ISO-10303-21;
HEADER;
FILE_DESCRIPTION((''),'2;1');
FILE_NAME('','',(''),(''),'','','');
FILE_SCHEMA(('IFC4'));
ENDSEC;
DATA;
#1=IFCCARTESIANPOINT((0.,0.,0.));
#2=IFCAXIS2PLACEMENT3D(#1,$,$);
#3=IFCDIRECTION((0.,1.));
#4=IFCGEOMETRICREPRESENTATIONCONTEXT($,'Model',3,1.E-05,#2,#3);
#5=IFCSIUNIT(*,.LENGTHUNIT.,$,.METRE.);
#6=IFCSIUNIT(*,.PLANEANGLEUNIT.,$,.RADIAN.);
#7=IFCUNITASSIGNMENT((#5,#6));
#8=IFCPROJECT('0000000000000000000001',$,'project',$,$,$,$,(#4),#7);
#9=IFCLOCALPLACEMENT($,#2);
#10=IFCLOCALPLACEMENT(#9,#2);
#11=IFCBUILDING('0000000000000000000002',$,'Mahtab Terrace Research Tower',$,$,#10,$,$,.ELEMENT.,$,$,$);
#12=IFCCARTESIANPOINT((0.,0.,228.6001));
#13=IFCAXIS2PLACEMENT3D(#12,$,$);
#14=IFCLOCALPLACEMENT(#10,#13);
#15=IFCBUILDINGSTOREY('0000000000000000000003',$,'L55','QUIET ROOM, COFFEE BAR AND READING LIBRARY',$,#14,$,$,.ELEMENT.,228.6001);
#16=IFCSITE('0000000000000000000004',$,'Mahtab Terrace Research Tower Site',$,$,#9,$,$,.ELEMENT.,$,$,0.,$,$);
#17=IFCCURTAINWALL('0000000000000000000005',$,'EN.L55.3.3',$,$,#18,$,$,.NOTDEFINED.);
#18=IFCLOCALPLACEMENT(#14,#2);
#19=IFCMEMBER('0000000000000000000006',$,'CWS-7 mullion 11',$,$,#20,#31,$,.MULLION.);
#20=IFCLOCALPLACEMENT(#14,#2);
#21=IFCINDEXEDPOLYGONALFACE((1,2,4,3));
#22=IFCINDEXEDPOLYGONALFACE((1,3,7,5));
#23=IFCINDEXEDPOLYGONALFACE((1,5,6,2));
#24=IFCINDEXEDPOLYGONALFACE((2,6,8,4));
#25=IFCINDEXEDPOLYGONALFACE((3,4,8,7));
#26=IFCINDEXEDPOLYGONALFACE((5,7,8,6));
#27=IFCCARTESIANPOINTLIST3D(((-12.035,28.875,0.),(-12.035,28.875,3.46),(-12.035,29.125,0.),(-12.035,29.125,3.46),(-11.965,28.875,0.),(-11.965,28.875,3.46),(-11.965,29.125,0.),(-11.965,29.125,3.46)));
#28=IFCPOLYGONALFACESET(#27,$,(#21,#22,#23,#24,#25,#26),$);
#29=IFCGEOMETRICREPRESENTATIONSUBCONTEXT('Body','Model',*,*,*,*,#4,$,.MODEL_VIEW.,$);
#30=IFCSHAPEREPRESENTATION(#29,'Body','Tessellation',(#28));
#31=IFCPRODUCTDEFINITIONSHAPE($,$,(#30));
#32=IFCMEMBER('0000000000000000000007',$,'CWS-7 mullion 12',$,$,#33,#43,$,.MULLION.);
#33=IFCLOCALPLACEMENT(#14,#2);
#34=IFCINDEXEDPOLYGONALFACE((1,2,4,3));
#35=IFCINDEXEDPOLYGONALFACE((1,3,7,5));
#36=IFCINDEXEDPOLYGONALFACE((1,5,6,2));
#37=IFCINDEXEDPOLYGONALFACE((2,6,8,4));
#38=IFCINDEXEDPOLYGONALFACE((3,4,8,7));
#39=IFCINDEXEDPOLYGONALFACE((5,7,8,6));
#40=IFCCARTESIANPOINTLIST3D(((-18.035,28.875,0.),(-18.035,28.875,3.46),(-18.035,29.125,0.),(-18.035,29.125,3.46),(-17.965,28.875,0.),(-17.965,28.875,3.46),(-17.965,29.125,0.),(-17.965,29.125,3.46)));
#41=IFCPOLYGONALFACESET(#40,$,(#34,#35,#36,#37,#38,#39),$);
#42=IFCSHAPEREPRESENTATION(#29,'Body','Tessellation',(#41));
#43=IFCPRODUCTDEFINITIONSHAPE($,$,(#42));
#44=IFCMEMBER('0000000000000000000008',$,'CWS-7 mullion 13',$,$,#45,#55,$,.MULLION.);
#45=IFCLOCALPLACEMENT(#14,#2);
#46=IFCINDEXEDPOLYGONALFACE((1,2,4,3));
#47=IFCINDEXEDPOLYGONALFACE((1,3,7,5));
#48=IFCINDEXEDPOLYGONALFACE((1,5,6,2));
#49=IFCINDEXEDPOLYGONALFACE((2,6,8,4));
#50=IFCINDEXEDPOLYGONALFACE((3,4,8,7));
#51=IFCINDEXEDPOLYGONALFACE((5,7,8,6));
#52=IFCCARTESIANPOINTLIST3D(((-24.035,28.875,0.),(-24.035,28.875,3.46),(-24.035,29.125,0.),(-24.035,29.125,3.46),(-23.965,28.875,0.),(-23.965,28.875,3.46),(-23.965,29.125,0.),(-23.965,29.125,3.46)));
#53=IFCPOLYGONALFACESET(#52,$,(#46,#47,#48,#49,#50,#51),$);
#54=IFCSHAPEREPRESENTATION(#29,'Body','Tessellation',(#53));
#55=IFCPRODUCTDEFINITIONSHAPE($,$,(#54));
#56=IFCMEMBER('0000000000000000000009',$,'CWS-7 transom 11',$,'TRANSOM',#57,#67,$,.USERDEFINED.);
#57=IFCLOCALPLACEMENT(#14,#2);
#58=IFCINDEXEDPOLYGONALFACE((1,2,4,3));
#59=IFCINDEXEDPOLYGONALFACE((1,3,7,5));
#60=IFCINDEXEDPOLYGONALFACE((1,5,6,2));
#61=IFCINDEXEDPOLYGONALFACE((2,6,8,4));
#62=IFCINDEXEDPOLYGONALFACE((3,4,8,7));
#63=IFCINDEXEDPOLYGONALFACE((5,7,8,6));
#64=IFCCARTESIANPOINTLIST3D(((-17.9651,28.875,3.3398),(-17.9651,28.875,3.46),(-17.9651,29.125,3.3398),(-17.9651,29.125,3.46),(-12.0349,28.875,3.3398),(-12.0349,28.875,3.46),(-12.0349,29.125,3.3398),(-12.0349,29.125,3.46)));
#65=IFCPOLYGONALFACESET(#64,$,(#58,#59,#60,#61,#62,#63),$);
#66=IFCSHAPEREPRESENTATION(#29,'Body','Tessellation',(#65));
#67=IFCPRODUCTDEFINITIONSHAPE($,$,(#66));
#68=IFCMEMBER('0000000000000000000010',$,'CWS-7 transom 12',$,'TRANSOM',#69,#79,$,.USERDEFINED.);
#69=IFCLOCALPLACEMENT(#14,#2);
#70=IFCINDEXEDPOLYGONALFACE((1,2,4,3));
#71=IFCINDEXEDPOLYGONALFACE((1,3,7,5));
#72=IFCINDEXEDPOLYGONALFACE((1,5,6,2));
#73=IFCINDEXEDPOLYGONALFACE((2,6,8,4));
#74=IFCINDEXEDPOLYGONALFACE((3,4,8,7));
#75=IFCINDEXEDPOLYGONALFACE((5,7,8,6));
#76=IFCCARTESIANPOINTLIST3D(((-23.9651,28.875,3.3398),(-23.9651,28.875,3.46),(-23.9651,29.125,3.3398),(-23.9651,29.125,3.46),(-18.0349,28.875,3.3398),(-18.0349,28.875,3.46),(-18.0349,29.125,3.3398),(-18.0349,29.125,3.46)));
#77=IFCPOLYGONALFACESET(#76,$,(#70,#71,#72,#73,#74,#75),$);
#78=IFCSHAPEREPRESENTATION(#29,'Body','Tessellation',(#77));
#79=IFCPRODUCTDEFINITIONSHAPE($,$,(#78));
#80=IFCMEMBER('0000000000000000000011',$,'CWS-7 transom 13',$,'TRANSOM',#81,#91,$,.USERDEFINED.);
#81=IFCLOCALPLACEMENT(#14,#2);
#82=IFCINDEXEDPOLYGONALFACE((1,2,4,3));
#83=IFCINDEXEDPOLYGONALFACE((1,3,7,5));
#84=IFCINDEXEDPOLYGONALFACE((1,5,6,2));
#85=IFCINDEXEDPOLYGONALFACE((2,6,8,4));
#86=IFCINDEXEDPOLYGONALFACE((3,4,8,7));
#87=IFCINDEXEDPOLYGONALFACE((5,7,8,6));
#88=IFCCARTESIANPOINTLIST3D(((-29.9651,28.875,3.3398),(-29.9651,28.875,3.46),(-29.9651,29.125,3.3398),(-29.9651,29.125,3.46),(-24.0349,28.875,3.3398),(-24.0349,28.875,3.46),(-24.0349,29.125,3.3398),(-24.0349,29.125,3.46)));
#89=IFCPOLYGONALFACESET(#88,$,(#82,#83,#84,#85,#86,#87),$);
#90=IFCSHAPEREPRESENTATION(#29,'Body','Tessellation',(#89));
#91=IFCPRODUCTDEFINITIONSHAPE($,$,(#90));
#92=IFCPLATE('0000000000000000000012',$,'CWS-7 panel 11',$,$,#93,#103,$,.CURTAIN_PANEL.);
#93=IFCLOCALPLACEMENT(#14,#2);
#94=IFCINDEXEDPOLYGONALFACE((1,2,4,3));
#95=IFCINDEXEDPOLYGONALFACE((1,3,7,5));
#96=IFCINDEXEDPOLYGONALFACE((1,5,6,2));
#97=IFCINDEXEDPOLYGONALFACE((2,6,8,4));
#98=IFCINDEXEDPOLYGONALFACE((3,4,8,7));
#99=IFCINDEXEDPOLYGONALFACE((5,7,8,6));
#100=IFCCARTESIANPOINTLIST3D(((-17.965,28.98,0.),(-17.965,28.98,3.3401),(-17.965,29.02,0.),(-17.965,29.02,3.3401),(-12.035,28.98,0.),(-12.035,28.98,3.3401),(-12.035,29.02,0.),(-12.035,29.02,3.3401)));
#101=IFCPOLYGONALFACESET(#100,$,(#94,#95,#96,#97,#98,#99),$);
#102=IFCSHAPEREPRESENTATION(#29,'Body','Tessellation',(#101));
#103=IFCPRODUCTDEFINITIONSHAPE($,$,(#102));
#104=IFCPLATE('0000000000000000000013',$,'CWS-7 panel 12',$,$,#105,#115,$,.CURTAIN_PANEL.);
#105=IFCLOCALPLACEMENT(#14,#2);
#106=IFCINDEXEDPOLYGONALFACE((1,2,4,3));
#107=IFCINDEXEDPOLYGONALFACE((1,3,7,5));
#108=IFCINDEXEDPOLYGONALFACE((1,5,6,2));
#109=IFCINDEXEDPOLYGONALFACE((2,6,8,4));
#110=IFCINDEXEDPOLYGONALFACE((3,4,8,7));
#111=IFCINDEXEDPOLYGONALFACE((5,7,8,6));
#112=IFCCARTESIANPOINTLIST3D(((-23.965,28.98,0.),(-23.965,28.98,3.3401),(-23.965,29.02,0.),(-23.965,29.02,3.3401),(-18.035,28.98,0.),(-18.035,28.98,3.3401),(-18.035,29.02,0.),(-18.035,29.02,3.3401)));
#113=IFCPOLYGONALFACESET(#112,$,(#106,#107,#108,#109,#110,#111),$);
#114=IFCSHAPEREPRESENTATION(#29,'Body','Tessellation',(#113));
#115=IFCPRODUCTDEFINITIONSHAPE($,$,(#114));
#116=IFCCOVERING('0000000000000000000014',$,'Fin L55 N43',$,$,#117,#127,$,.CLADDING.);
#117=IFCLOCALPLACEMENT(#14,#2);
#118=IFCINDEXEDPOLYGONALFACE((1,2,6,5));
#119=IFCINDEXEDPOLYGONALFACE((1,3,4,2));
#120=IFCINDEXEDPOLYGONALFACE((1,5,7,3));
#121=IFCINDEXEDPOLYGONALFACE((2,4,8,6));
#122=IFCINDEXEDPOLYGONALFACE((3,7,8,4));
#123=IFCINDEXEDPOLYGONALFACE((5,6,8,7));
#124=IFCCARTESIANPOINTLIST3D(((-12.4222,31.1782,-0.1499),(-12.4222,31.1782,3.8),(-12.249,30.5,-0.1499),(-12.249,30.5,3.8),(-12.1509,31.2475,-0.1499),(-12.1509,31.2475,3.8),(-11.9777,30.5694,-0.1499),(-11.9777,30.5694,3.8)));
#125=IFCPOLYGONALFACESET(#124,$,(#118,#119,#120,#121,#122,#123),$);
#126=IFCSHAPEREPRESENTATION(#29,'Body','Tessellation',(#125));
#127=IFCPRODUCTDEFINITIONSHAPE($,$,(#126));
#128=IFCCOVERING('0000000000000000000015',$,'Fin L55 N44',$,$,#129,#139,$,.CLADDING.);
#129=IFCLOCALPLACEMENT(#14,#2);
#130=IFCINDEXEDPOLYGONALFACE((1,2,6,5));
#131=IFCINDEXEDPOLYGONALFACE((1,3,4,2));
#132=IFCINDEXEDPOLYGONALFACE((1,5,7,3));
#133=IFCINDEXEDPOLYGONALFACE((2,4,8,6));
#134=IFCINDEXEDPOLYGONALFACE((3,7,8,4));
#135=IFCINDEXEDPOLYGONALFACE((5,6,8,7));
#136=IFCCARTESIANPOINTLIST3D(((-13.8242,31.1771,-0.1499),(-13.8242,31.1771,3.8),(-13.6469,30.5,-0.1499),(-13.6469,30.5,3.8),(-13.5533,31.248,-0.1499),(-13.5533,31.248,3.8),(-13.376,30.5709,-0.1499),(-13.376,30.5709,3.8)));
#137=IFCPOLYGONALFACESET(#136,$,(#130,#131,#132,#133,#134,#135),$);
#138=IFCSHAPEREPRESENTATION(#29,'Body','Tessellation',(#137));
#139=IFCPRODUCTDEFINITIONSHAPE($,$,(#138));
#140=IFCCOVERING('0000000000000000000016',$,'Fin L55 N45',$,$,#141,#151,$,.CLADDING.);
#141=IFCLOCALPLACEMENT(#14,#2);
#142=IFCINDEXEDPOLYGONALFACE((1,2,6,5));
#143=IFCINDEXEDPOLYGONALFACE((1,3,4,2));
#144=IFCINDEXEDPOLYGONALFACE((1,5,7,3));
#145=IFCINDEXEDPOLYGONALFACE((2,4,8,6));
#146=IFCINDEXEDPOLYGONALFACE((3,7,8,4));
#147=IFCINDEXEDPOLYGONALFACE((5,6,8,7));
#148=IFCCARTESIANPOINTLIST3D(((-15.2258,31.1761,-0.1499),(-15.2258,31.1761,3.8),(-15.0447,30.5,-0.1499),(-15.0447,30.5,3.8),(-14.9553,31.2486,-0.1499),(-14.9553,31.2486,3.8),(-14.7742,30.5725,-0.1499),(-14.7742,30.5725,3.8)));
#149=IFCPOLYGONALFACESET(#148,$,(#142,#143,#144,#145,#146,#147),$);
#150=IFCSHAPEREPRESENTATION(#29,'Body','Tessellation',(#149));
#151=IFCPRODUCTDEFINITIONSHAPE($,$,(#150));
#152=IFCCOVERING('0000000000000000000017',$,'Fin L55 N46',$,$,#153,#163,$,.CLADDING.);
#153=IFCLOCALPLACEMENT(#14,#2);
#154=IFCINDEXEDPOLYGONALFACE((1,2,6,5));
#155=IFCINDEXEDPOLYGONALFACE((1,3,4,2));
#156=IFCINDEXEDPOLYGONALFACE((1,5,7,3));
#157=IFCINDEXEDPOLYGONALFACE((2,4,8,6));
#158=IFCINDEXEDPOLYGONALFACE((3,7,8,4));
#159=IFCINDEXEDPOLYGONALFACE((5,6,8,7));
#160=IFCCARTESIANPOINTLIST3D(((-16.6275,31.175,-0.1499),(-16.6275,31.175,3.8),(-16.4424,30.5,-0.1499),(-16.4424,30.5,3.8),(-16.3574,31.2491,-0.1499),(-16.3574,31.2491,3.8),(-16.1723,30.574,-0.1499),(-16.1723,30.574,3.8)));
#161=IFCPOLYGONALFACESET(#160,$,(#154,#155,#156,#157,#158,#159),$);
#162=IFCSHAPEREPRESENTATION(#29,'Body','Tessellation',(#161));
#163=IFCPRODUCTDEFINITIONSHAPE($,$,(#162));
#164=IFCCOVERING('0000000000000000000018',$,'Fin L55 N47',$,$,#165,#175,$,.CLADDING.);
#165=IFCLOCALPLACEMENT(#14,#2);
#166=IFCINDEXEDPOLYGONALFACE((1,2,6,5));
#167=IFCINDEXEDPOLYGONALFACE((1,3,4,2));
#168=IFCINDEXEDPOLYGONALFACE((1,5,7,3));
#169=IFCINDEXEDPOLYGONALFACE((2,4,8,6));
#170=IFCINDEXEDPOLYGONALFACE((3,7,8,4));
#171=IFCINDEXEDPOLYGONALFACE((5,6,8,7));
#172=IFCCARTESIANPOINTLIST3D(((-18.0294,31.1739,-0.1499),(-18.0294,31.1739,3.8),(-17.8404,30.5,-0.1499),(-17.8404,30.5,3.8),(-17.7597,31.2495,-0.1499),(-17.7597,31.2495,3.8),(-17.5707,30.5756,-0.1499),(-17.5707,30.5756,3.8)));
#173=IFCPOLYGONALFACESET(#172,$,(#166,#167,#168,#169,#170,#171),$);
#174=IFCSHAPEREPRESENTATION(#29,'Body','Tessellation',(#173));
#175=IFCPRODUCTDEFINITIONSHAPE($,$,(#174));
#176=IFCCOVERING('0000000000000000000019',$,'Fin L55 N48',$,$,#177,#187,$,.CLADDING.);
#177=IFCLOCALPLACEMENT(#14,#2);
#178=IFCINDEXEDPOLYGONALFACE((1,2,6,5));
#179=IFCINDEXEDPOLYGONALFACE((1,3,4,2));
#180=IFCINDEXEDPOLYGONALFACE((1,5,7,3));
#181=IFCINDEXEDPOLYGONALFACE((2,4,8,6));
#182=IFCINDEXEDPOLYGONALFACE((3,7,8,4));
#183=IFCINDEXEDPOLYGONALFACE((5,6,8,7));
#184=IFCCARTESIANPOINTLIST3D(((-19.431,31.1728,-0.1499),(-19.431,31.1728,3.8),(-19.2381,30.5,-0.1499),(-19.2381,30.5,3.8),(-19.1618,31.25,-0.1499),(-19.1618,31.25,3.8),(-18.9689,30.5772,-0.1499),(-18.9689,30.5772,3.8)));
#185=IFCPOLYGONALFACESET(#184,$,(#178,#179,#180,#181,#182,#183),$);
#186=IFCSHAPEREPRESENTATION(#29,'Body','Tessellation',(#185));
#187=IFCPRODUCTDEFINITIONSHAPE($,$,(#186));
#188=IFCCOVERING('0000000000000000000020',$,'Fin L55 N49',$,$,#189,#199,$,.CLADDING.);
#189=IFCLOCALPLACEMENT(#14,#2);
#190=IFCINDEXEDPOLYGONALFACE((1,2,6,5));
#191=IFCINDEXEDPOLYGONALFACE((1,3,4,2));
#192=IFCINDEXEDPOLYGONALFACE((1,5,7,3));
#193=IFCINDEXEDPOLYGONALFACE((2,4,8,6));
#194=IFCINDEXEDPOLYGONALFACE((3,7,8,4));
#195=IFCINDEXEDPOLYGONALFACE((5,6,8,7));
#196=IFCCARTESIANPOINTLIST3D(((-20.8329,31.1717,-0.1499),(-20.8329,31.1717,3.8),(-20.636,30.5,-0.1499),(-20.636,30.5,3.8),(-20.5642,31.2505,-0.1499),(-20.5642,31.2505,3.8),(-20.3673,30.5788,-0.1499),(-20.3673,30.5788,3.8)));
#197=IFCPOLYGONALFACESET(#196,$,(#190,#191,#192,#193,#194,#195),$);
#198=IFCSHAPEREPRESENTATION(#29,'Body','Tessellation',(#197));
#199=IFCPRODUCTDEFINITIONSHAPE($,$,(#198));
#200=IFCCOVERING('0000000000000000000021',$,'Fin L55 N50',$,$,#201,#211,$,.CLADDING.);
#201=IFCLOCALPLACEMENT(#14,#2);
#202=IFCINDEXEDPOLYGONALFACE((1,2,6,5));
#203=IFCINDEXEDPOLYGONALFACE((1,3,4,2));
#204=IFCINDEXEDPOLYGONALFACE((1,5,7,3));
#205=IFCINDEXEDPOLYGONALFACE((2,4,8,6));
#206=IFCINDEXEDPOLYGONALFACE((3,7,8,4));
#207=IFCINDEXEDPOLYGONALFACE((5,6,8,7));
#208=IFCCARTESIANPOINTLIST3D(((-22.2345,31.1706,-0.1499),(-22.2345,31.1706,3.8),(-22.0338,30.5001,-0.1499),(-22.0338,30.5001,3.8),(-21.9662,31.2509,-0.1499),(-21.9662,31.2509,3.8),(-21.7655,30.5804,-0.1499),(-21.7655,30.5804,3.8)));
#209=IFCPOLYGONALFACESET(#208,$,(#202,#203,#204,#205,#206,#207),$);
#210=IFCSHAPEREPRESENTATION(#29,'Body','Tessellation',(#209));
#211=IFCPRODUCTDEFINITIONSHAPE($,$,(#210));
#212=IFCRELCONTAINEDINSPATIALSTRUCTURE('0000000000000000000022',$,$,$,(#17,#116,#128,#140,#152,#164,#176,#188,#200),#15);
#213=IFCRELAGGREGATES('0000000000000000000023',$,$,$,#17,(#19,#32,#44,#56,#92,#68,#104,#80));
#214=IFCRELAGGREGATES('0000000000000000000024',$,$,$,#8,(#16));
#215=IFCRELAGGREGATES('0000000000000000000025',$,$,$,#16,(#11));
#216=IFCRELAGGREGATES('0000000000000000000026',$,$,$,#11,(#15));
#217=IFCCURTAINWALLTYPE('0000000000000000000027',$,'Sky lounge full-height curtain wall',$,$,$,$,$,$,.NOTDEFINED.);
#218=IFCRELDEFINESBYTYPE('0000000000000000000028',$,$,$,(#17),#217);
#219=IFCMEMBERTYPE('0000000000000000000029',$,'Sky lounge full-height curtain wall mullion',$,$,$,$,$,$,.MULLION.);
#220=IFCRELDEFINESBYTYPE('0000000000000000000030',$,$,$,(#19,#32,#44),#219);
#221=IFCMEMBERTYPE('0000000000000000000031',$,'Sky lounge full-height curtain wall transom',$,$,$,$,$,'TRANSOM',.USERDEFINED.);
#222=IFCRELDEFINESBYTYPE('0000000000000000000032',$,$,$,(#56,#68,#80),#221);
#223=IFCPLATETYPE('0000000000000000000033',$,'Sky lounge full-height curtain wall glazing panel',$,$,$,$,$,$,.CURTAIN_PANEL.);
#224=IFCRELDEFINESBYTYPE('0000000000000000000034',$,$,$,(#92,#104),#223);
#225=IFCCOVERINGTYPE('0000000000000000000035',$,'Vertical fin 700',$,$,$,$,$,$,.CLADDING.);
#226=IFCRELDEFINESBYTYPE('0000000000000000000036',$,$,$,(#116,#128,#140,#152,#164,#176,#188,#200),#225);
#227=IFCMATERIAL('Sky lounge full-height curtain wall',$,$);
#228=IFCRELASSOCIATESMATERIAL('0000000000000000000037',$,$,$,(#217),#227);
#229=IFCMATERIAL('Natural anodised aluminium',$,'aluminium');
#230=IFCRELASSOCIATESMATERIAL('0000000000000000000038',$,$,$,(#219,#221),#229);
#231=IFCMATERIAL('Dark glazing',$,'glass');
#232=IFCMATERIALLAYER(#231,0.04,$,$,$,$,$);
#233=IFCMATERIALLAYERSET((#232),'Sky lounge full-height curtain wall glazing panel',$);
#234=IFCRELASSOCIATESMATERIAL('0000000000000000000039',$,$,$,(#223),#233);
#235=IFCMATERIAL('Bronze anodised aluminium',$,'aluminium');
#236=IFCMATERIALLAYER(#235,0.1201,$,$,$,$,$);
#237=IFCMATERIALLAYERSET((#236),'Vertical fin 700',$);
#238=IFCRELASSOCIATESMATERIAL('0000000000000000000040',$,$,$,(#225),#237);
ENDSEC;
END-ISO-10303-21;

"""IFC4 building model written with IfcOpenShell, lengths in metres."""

from ifc_helpers import new_model, si_unit, direction, frame, origin, origin_2d, place, context, subcontext, project, spatial, rectangle, extrude, material, layer, layer_set, material_profile, profile_set, type_object, element, aggregate, save


model = new_model("IFC4")

# Units and contexts
model_context = context("Model", 3, precision=1e-05, world=origin(), true_north=direction((0.0, 1.0)))
body_context = subcontext(model_context, "Body", "Model", "MODEL_VIEW")
ifc_project = project(units=[si_unit("LENGTHUNIT", "METRE"), si_unit("PLANEANGLEUNIT", "RADIAN")], contexts=[model_context])

# Site, building, storey
site_placement = place(None, origin())
site = spatial("IfcSite", under=ifc_project, at=site_placement, Name="Mahtab Terrace Research Tower Site", CompositionType="ELEMENT", RefElevation=0.0)
building_placement = place(site_placement, origin())
building = spatial("IfcBuilding", under=site, at=building_placement, Name="Mahtab Terrace Research Tower", CompositionType="ELEMENT")
storey_placement = place(building_placement, frame((0.0, 0.0, 228.6001)))
storey = spatial("IfcBuildingStorey", under=building, at=storey_placement, Name="L55", Description="QUIET ROOM, COFFEE BAR AND READING LIBRARY", CompositionType="ELEMENT", Elevation=228.6001)

# Curtain wall, members, plates
ifc_material_1 = material(Name="Sky lounge full-height curtain wall")
curtain_wall_type = type_object("IfcCurtainWallType", Name="Sky lounge full-height curtain wall", PredefinedType="NOTDEFINED", material=ifc_material_1)
curtain_wall_placement = place(storey_placement, origin())
curtain_wall = element("IfcCurtainWall", 1, at=curtain_wall_placement, inside=storey, type_object=curtain_wall_type, Name="EN.L55.3.3", PredefinedType="NOTDEFINED")
ifc_material_2 = material(Name="Natural anodised aluminium", Category="aluminium")
ifc_material_profile_1 = material_profile(ifc_material_2, rectangle(XDim=0.25, YDim=0.0701, at=origin_2d()), Name="MULLION 70x250")
ifc_profile_set_1 = profile_set([ifc_material_profile_1], Name="Natural anodised aluminium")
member_type_1 = type_object("IfcMemberType", Name="Sky lounge full-height curtain wall mullion", PredefinedType="MULLION", material=ifc_profile_set_1)
member_1_placement = place(storey_placement, frame((-12.0, 29.0, 0.0), z_axis=(0.0, 0.0, 1.0), x_axis=(0.0, -1.0, 0.0)))
member_1 = element("IfcMember", 2, at=member_1_placement, type_object=member_type_1, Name="CWS-7 mullion 11", PredefinedType="MULLION", context=body_context, shape_type="SweptSolid", body=[
    extrude(rectangle(XDim=0.25, YDim=0.0701, at=origin_2d()), origin(), (0.0, 0.0, 1.0), 3.46),
])
member_2_placement = place(storey_placement, frame((-18.0, 29.0, 0.0), z_axis=(0.0, 0.0, 1.0), x_axis=(0.0, -1.0, 0.0)))
member_2 = element("IfcMember", 3, at=member_2_placement, type_object=member_type_1, Name="CWS-7 mullion 12", PredefinedType="MULLION", context=body_context, shape_type="SweptSolid", body=[
    extrude(rectangle(XDim=0.25, YDim=0.0701, at=origin_2d()), origin(), (0.0, 0.0, 1.0), 3.46),
])
member_3_placement = place(storey_placement, frame((-24.0, 29.0, 0.0), z_axis=(0.0, 0.0, 1.0), x_axis=(0.0, -1.0, 0.0)))
member_3 = element("IfcMember", 4, at=member_3_placement, type_object=member_type_1, Name="CWS-7 mullion 13", PredefinedType="MULLION", context=body_context, shape_type="SweptSolid", body=[
    extrude(rectangle(XDim=0.25, YDim=0.0701, at=origin_2d()), origin(), (0.0, 0.0, 1.0), 3.46),
])
ifc_material_profile_2 = material_profile(ifc_material_2, rectangle(XDim=0.25, YDim=0.1201, at=origin_2d()), Name="TRANSOM 120x250")
ifc_profile_set_2 = profile_set([ifc_material_profile_2], Name="Natural anodised aluminium")
member_type_2 = type_object("IfcMemberType", Name="Sky lounge full-height curtain wall transom", ElementType="TRANSOM", PredefinedType="USERDEFINED", material=ifc_profile_set_2)
member_4_placement = place(storey_placement, frame((-12.0349, 29.0, 3.3999), z_axis=(-1.0, 0.0, 0.0), x_axis=(0.0, -1.0, 0.0)))
member_4 = element("IfcMember", 5, at=member_4_placement, type_object=member_type_2, Name="CWS-7 transom 11", ObjectType="TRANSOM", PredefinedType="USERDEFINED", context=body_context, shape_type="SweptSolid", body=[
    extrude(rectangle(XDim=0.25, YDim=0.1201, at=origin_2d()), origin(), (0.0, 0.0, 1.0), 5.9302),
])
member_5_placement = place(storey_placement, frame((-18.0349, 29.0, 3.3999), z_axis=(-1.0, 0.0, 0.0), x_axis=(0.0, -1.0, 0.0)))
member_5 = element("IfcMember", 6, at=member_5_placement, type_object=member_type_2, Name="CWS-7 transom 12", ObjectType="TRANSOM", PredefinedType="USERDEFINED", context=body_context, shape_type="SweptSolid", body=[
    extrude(rectangle(XDim=0.25, YDim=0.1201, at=origin_2d()), origin(), (0.0, 0.0, 1.0), 5.9302),
])
member_6_placement = place(storey_placement, frame((-24.0349, 29.0, 3.3999), z_axis=(-1.0, 0.0, 0.0), x_axis=(0.0, -1.0, 0.0)))
member_6 = element("IfcMember", 7, at=member_6_placement, type_object=member_type_2, Name="CWS-7 transom 13", ObjectType="TRANSOM", PredefinedType="USERDEFINED", context=body_context, shape_type="SweptSolid", body=[
    extrude(rectangle(XDim=0.25, YDim=0.1201, at=origin_2d()), origin(), (0.0, 0.0, 1.0), 5.9302),
])
ifc_material_3 = material(Name="Dark glazing", Category="glass")
ifc_layer_1 = layer(ifc_material_3, 0.04)
ifc_layer_set_1 = layer_set([ifc_layer_1], Name="Sky lounge full-height curtain wall glazing panel")
plate_type = type_object("IfcPlateType", Name="Sky lounge full-height curtain wall glazing panel", PredefinedType="CURTAIN_PANEL", material=ifc_layer_set_1)
plate_1_placement = place(storey_placement, frame((-15.0, 29.0, 0.0), z_axis=(0.0, 0.0, 1.0), x_axis=(-1.0, 0.0, 0.0)))
plate_1 = element("IfcPlate", 8, at=plate_1_placement, type_object=plate_type, Name="CWS-7 panel 11", PredefinedType="CURTAIN_PANEL", context=body_context, shape_type="SweptSolid", body=[
    extrude(rectangle(XDim=5.9299, YDim=0.04, at=origin_2d()), origin(), (0.0, 0.0, 1.0), 3.3401),
])
plate_2_placement = place(storey_placement, frame((-21.0, 29.0, 0.0), z_axis=(0.0, 0.0, 1.0), x_axis=(-1.0, 0.0, 0.0)))
plate_2 = element("IfcPlate", 9, at=plate_2_placement, type_object=plate_type, Name="CWS-7 panel 12", PredefinedType="CURTAIN_PANEL", context=body_context, shape_type="SweptSolid", body=[
    extrude(rectangle(XDim=5.9299, YDim=0.04, at=origin_2d()), origin(), (0.0, 0.0, 1.0), 3.3401),
])
aggregate(curtain_wall, [member_1, member_2, member_3, member_4, plate_1, member_5, plate_2, member_6])

# Coverings
ifc_material_4 = material(Name="Bronze anodised aluminium", Category="aluminium")
ifc_layer_2 = layer(ifc_material_4, 0.1201)
ifc_layer_set_2 = layer_set([ifc_layer_2], Name="Vertical fin 700")
covering_type = type_object("IfcCoveringType", Name="Vertical fin 700", PredefinedType="CLADDING", material=ifc_layer_set_2)
for number, where, z_axis, x_axis, name in (
    (10, (-12.2, 30.8738, -0.1499), (0.0, 0.0, 1.0), (-0.968872, -0.247563, 0.0), "Fin L55 N43"),
    (11, (-13.6001, 30.874, -0.1499), (0.0, 0.0, 1.0), (-0.967415, -0.253195, 0.0), "Fin L55 N44"),
    (12, (-15.0, 30.8743, -0.1499), (0.0, 0.0, 1.0), (-0.965926, -0.258819, 0.0), "Fin L55 N45"),
    (13, (-16.3999, 30.8745, -0.1499), (0.0, 0.0, 1.0), (-0.964404, -0.264434, 0.0), "Fin L55 N46"),
    (14, (-17.8, 30.8748, -0.1499), (0.0, 0.0, 1.0), (-0.962849, -0.27004, 0.0), "Fin L55 N47"),
    (15, (-19.2, 30.875, -0.1499), (0.0, 0.0, 1.0), (-0.961262, -0.275637, 0.0), "Fin L55 N48"),
    (16, (-20.6001, 30.8752, -0.1499), (0.0, 0.0, 1.0), (-0.959642, -0.281225, 0.0), "Fin L55 N49"),
    (17, (-22.0, 30.8755, -0.1499), (0.0, 0.0, 1.0), (-0.95799, -0.286803, 0.0), "Fin L55 N50"),
):
    element("IfcCovering", number, at=place(storey_placement, frame(where, z_axis=z_axis, x_axis=x_axis)), inside=storey, type_object=covering_type, Name=name, PredefinedType="CLADDING", context=body_context, shape_type="SweptSolid", body=[
        extrude(rectangle(XDim=0.28, YDim=0.7, at=origin_2d()), origin(), (0.0, 0.0, 1.0), 3.95),
    ])

save(model, "model.ifc")
